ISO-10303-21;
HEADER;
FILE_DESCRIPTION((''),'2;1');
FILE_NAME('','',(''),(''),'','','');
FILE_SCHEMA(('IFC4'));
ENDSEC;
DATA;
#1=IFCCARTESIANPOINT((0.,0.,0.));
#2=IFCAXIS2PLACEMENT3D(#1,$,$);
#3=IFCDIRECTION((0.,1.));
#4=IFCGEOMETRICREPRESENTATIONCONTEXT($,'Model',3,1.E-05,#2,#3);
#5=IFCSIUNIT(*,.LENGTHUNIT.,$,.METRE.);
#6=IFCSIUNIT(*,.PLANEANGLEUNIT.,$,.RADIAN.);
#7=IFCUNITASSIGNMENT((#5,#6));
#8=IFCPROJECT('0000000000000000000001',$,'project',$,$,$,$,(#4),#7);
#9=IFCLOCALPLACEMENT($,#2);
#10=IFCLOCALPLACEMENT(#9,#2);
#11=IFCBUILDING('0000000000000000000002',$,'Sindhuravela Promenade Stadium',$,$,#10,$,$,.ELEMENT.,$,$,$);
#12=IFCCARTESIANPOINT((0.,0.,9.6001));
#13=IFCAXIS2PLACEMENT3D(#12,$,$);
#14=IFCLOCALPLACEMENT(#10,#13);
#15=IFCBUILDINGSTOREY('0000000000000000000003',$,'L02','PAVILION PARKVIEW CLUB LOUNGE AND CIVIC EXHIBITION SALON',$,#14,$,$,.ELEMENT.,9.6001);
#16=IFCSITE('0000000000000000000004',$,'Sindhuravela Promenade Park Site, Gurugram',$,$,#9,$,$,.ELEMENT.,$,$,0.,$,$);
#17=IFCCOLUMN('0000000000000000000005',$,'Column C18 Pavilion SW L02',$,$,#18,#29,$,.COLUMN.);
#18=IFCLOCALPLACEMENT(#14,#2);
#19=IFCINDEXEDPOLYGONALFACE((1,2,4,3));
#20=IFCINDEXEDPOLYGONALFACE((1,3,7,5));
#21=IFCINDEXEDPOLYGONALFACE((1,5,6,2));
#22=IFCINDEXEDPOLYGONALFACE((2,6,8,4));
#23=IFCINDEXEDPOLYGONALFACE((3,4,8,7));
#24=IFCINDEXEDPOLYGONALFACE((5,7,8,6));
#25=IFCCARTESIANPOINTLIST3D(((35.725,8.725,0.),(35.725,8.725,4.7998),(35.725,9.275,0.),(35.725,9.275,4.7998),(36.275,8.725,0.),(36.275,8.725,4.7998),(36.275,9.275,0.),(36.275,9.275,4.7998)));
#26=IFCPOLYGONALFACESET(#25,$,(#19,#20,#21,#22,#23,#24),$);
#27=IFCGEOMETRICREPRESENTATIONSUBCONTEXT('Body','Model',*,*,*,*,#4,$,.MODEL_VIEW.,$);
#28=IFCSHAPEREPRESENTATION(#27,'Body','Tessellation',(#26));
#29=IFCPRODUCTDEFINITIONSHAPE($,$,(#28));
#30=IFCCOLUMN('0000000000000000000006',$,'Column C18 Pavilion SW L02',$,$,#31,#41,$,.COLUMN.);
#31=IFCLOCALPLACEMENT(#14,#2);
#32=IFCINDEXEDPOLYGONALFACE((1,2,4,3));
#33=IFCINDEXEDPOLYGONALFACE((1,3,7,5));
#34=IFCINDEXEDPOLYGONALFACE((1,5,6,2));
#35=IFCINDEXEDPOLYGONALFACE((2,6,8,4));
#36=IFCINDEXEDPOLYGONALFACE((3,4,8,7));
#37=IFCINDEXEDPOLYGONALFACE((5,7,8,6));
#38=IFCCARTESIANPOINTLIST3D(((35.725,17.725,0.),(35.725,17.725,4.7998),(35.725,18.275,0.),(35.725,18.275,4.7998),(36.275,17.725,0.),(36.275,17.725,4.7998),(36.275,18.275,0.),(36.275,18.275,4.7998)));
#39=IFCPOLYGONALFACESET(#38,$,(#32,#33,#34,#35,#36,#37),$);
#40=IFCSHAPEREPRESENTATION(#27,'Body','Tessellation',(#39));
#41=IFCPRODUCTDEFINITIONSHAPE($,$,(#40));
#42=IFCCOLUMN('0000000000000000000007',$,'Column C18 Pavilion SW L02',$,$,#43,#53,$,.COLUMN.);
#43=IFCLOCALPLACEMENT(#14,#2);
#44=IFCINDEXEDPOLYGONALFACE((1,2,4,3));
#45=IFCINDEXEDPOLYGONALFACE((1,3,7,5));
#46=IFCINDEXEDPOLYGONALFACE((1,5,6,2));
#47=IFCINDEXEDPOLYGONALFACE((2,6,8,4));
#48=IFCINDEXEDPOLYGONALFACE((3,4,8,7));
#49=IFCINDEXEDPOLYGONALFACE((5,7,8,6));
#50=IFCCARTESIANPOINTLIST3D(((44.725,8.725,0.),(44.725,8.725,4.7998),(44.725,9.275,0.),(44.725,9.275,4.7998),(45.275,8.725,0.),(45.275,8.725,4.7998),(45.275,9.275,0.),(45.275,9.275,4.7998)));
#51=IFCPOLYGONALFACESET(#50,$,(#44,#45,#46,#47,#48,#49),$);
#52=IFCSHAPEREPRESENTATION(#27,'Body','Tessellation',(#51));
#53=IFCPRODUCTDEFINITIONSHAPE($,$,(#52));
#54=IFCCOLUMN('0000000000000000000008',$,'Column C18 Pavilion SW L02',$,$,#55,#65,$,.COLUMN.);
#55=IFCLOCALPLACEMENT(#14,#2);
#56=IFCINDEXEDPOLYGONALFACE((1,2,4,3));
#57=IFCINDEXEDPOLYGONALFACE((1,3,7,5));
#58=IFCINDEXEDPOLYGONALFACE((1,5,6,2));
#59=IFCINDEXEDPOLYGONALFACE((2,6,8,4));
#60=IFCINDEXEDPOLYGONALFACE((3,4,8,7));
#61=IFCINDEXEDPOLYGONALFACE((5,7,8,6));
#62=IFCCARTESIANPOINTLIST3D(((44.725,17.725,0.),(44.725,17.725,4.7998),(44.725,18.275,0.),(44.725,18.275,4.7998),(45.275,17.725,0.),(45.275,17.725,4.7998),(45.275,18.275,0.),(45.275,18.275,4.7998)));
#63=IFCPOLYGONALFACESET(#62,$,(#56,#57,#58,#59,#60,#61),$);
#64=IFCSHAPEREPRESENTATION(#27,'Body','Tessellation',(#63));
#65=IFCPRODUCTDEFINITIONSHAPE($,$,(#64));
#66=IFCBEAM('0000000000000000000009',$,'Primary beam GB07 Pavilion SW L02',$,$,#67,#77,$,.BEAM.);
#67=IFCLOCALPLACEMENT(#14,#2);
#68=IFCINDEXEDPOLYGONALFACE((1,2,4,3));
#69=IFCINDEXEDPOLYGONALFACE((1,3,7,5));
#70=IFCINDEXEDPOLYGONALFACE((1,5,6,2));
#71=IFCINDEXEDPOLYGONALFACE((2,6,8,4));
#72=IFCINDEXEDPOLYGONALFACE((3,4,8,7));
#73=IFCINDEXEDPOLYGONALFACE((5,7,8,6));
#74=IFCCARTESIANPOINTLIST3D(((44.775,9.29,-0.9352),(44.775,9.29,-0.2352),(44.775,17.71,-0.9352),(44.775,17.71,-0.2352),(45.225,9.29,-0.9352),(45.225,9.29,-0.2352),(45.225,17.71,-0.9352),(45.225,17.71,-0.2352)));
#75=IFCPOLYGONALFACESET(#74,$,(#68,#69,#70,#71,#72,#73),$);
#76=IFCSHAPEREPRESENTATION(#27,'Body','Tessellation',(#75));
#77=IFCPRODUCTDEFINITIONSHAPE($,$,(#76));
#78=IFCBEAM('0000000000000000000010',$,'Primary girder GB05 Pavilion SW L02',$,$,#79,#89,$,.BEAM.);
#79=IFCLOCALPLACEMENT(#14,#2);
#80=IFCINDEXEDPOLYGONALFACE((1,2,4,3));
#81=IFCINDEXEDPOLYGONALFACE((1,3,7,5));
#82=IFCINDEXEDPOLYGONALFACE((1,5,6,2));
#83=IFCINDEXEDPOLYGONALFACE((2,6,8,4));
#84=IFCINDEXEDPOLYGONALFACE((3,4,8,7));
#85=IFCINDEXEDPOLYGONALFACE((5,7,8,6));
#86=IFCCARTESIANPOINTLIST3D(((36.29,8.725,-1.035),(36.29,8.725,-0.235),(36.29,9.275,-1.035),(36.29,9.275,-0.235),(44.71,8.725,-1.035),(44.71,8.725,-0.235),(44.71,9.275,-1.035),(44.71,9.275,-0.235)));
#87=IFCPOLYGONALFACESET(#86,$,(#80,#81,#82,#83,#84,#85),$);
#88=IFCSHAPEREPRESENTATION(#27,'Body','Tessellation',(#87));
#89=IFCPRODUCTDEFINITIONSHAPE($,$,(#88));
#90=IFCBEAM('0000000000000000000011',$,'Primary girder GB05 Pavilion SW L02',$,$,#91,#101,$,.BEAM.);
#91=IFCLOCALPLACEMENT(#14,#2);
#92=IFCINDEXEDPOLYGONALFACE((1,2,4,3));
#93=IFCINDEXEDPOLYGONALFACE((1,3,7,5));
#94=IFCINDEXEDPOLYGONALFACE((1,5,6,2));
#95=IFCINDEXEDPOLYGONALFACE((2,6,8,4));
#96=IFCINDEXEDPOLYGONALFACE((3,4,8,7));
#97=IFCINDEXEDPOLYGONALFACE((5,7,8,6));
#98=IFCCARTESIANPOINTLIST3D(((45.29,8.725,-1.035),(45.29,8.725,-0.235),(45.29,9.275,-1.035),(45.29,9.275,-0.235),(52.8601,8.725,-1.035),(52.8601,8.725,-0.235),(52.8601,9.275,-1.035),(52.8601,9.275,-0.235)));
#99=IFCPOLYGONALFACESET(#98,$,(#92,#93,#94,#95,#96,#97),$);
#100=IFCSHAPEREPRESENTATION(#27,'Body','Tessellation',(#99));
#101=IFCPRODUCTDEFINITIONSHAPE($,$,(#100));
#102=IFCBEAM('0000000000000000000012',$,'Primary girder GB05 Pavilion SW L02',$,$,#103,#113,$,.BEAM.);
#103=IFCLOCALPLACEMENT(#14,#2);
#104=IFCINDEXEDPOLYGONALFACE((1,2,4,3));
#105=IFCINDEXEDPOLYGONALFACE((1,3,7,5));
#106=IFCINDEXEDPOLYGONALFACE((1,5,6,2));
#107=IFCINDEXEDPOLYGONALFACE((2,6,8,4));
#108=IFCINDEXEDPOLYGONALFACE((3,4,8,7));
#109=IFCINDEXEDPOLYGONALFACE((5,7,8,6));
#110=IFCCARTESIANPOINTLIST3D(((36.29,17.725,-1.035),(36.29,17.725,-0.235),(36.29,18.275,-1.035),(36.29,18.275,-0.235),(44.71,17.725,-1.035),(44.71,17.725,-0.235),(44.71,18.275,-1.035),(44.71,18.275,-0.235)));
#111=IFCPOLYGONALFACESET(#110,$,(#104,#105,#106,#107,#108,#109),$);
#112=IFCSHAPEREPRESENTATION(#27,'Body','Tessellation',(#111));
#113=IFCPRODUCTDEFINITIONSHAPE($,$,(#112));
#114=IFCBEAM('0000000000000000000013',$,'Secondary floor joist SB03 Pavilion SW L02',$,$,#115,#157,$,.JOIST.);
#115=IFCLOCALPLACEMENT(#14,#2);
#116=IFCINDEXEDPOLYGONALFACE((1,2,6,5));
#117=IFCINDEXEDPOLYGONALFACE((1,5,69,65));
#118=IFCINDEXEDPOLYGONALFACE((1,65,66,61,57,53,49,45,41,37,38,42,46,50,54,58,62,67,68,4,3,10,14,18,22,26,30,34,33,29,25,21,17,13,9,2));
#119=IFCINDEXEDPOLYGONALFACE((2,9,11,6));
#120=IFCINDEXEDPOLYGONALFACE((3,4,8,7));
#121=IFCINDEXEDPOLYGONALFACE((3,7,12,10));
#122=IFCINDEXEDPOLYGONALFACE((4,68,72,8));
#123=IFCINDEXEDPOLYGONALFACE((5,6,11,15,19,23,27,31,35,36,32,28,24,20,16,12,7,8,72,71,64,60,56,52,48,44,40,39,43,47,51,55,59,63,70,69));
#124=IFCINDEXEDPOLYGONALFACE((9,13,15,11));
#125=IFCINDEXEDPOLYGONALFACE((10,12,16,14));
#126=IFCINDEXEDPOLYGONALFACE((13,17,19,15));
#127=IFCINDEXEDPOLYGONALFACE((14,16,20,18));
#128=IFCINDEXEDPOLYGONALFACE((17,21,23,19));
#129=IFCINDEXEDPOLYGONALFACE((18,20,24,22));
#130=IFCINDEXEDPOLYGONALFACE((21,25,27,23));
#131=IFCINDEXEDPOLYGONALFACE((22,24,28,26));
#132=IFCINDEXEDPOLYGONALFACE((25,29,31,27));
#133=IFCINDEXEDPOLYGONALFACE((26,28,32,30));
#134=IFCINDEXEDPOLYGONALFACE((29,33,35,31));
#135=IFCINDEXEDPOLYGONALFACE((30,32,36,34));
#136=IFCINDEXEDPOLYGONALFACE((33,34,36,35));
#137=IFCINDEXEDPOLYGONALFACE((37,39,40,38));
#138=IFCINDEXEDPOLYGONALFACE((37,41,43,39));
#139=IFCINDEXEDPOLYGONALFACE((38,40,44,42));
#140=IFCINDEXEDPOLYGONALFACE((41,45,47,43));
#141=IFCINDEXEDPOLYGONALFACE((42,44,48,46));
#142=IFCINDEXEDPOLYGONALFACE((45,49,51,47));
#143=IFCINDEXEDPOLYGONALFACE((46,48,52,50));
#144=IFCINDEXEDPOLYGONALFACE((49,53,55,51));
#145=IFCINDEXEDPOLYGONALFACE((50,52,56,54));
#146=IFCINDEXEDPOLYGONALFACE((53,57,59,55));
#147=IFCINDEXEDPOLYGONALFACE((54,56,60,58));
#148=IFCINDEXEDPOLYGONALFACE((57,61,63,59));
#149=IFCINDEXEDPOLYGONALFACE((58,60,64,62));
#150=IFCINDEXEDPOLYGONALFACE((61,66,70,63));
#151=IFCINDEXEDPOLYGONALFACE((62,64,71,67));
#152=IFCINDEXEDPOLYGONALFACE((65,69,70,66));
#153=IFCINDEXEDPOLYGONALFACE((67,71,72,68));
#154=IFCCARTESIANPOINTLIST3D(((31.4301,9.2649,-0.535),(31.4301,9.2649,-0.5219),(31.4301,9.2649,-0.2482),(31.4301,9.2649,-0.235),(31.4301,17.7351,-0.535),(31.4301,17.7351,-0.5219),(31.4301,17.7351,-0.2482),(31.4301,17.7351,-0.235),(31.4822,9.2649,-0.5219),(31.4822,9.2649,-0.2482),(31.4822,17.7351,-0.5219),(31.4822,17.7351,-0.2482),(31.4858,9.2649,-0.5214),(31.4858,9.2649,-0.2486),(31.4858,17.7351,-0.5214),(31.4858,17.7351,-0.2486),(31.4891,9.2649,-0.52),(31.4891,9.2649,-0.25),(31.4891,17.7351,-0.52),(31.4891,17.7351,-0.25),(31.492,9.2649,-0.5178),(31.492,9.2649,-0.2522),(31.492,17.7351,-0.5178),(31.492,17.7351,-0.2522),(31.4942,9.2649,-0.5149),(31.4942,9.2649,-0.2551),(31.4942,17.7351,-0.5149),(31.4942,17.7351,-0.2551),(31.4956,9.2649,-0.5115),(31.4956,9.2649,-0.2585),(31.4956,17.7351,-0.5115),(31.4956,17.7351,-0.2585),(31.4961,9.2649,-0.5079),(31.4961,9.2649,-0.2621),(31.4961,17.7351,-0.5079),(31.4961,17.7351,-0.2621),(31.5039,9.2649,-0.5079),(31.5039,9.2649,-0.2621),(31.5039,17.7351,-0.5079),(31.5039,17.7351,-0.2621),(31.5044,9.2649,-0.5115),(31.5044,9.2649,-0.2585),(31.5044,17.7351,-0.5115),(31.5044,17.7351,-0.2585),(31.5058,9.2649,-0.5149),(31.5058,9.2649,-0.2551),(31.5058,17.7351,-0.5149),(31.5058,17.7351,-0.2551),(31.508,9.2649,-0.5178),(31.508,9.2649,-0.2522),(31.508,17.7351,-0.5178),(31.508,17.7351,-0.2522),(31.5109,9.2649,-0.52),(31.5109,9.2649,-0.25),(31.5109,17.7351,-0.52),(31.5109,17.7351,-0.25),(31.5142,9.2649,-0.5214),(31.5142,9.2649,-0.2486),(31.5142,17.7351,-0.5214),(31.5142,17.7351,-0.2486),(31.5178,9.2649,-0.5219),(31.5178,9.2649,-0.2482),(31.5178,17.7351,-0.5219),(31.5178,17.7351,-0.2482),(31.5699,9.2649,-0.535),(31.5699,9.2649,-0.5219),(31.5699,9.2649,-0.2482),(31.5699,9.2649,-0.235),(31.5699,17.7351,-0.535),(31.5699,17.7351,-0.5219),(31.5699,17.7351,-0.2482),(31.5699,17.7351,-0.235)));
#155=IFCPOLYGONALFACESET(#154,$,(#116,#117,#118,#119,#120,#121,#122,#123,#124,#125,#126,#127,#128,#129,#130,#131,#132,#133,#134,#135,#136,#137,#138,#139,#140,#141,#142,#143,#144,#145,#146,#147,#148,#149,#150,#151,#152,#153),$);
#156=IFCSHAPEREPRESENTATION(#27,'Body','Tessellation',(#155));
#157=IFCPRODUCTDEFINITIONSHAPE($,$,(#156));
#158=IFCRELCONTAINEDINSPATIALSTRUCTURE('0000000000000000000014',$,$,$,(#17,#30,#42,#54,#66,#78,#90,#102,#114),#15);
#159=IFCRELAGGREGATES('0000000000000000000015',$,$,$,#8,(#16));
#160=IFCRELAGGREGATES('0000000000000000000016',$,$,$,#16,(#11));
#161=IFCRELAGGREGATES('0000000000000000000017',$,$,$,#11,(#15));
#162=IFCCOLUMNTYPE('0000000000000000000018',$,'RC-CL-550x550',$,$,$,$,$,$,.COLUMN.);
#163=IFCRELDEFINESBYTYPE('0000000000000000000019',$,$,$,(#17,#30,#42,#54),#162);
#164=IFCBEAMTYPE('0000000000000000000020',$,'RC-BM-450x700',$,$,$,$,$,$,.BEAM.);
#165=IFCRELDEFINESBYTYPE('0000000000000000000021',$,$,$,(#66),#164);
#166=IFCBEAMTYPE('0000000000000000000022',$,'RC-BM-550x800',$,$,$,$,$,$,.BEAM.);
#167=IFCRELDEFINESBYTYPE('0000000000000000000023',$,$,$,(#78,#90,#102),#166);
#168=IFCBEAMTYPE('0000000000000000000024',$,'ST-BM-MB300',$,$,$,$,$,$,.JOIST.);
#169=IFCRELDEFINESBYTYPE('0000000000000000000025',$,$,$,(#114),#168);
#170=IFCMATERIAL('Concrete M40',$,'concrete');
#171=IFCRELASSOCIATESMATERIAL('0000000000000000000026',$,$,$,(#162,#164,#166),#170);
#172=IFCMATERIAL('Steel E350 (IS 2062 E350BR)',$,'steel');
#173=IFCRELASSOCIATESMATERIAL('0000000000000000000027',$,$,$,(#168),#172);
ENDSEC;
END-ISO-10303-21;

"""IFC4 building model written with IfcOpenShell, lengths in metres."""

from ifc_helpers import new_model, si_unit, direction, frame, origin, origin_2d, place, context, subcontext, project, spatial, rectangle, i_section, extrude, material, material_profile, profile_set, type_object, element, save


model = new_model("IFC4")

# Units and contexts
model_context = context("Model", 3, precision=1e-05, world=origin(), true_north=direction((0.0, 1.0)))
body_context = subcontext(model_context, "Body", "Model", "MODEL_VIEW")
ifc_project = project(units=[si_unit("LENGTHUNIT", "METRE"), si_unit("PLANEANGLEUNIT", "RADIAN")], contexts=[model_context])

# Site, building, storey
site_placement = place(None, origin())
site = spatial("IfcSite", under=ifc_project, at=site_placement, Name="Sindhuravela Promenade Park Site, Gurugram", CompositionType="ELEMENT", RefElevation=0.0)
building_placement = place(site_placement, origin())
building = spatial("IfcBuilding", under=site, at=building_placement, Name="Sindhuravela Promenade Stadium", CompositionType="ELEMENT")
storey_placement = place(building_placement, frame((0.0, 0.0, 9.6001)))
storey = spatial("IfcBuildingStorey", under=building, at=storey_placement, Name="L02", Description="PAVILION PARKVIEW CLUB LOUNGE AND CIVIC EXHIBITION SALON", CompositionType="ELEMENT", Elevation=9.6001)

# Columns
ifc_material_1 = material(Name="Concrete M40", Category="concrete")
ifc_material_profile_1 = material_profile(ifc_material_1, rectangle(XDim=0.55, YDim=0.55, at=origin_2d()), Name="RC 550x550")
ifc_profile_set_1 = profile_set([ifc_material_profile_1], Name="Concrete M40")
column_type = type_object("IfcColumnType", Name="RC-CL-550x550", PredefinedType="COLUMN", material=ifc_profile_set_1)
for number, where, z_axis, x_axis, name in (
    (1, (36.0, 9.0, 0.0), (0.0, 0.0, 1.0), (1.0, 0.0, 0.0), "Column C18 Pavilion SW L02"),
    (2, (36.0, 18.0, 0.0), (0.0, 0.0, 1.0), (1.0, 0.0, 0.0), "Column C18 Pavilion SW L02"),
    (3, (45.0, 9.0, 0.0), (0.0, 0.0, 1.0), (1.0, 0.0, 0.0), "Column C18 Pavilion SW L02"),
    (4, (45.0, 18.0, 0.0), (0.0, 0.0, 1.0), (1.0, 0.0, 0.0), "Column C18 Pavilion SW L02"),
):
    element("IfcColumn", number, at=place(storey_placement, frame(where, z_axis=z_axis, x_axis=x_axis)), inside=storey, type_object=column_type, Name=name, PredefinedType="COLUMN", context=body_context, shape_type="SweptSolid", body=[
        extrude(rectangle(XDim=0.55, YDim=0.55, at=origin_2d()), origin(), (0.0, 0.0, 1.0), 4.7998),
    ])

# Beams
ifc_material_profile_2 = material_profile(ifc_material_1, rectangle(XDim=0.45, YDim=0.7, at=origin_2d()), Name="RC 450x700")
ifc_profile_set_2 = profile_set([ifc_material_profile_2], Name="Concrete M40")
beam_type_1 = type_object("IfcBeamType", Name="RC-BM-450x700", PredefinedType="BEAM", material=ifc_profile_set_2)
beam_1_placement = place(storey_placement, frame((45.0, 9.29, -0.5852), z_axis=(0.0, 1.0, 0.0), x_axis=(-1.0, 0.0, 0.0)))
element("IfcBeam", 5, at=beam_1_placement, inside=storey, type_object=beam_type_1, Name="Primary beam GB07 Pavilion SW L02", PredefinedType="BEAM", context=body_context, shape_type="SweptSolid", body=[
    extrude(rectangle(XDim=0.45, YDim=0.7, at=origin_2d()), origin(), (0.0, 0.0, 1.0), 8.4199),
])
ifc_material_profile_3 = material_profile(ifc_material_1, rectangle(XDim=0.55, YDim=0.8, at=origin_2d()), Name="RC 550x800")
ifc_profile_set_3 = profile_set([ifc_material_profile_3], Name="Concrete M40")
beam_type_2 = type_object("IfcBeamType", Name="RC-BM-550x800", PredefinedType="BEAM", material=ifc_profile_set_3)
beam_2_placement = place(storey_placement, frame((36.29, 9.0, -0.635), z_axis=(1.0, 0.0, 0.0), x_axis=(0.0, 1.0, 0.0)))
element("IfcBeam", 6, at=beam_2_placement, inside=storey, type_object=beam_type_2, Name="Primary girder GB05 Pavilion SW L02", PredefinedType="BEAM", context=body_context, shape_type="SweptSolid", body=[
    extrude(rectangle(XDim=0.55, YDim=0.8, at=origin_2d()), origin(), (0.0, 0.0, 1.0), 8.4199),
])
beam_3_placement = place(storey_placement, frame((45.29, 9.0, -0.635), z_axis=(1.0, 0.0, 0.0), x_axis=(0.0, 1.0, 0.0)))
element("IfcBeam", 7, at=beam_3_placement, inside=storey, type_object=beam_type_2, Name="Primary girder GB05 Pavilion SW L02", PredefinedType="BEAM", context=body_context, shape_type="SweptSolid", body=[
    extrude(rectangle(XDim=0.55, YDim=0.8, at=origin_2d()), origin(), (0.0, 0.0, 1.0), 7.5701),
])
beam_4_placement = place(storey_placement, frame((36.29, 18.0, -0.635), z_axis=(1.0, 0.0, 0.0), x_axis=(0.0, 1.0, 0.0)))
element("IfcBeam", 8, at=beam_4_placement, inside=storey, type_object=beam_type_2, Name="Primary girder GB05 Pavilion SW L02", PredefinedType="BEAM", context=body_context, shape_type="SweptSolid", body=[
    extrude(rectangle(XDim=0.55, YDim=0.8, at=origin_2d()), origin(), (0.0, 0.0, 1.0), 8.4199),
])
ifc_material_2 = material(Name="Steel E350 (IS 2062 E350BR)", Category="steel")
ifc_material_profile_4 = material_profile(ifc_material_2, i_section(OverallWidth=0.1399, OverallDepth=0.3, WebThickness=0.0078, FlangeThickness=0.0132, FilletRadius=0.0139, at=origin_2d()), Name="ISMB 300")
ifc_profile_set_4 = profile_set([ifc_material_profile_4], Name="Steel E350 (IS 2062 E350BR)")
beam_type_3 = type_object("IfcBeamType", Name="ST-BM-MB300", PredefinedType="JOIST", material=ifc_profile_set_4)
beam_5_placement = place(storey_placement, frame((31.5, 9.2649, -0.385), z_axis=(0.0, 1.0, 0.0), x_axis=(-1.0, 0.0, 0.0)))
element("IfcBeam", 9, at=beam_5_placement, inside=storey, type_object=beam_type_3, Name="Secondary floor joist SB03 Pavilion SW L02", PredefinedType="JOIST", context=body_context, shape_type="SweptSolid", body=[
    extrude(i_section(OverallWidth=0.1399, OverallDepth=0.3, WebThickness=0.0078, FlangeThickness=0.0132, FilletRadius=0.0139, at=origin_2d()), origin(), (0.0, 0.0, 1.0), 8.4702),
])

save(model, "model.ifc")
